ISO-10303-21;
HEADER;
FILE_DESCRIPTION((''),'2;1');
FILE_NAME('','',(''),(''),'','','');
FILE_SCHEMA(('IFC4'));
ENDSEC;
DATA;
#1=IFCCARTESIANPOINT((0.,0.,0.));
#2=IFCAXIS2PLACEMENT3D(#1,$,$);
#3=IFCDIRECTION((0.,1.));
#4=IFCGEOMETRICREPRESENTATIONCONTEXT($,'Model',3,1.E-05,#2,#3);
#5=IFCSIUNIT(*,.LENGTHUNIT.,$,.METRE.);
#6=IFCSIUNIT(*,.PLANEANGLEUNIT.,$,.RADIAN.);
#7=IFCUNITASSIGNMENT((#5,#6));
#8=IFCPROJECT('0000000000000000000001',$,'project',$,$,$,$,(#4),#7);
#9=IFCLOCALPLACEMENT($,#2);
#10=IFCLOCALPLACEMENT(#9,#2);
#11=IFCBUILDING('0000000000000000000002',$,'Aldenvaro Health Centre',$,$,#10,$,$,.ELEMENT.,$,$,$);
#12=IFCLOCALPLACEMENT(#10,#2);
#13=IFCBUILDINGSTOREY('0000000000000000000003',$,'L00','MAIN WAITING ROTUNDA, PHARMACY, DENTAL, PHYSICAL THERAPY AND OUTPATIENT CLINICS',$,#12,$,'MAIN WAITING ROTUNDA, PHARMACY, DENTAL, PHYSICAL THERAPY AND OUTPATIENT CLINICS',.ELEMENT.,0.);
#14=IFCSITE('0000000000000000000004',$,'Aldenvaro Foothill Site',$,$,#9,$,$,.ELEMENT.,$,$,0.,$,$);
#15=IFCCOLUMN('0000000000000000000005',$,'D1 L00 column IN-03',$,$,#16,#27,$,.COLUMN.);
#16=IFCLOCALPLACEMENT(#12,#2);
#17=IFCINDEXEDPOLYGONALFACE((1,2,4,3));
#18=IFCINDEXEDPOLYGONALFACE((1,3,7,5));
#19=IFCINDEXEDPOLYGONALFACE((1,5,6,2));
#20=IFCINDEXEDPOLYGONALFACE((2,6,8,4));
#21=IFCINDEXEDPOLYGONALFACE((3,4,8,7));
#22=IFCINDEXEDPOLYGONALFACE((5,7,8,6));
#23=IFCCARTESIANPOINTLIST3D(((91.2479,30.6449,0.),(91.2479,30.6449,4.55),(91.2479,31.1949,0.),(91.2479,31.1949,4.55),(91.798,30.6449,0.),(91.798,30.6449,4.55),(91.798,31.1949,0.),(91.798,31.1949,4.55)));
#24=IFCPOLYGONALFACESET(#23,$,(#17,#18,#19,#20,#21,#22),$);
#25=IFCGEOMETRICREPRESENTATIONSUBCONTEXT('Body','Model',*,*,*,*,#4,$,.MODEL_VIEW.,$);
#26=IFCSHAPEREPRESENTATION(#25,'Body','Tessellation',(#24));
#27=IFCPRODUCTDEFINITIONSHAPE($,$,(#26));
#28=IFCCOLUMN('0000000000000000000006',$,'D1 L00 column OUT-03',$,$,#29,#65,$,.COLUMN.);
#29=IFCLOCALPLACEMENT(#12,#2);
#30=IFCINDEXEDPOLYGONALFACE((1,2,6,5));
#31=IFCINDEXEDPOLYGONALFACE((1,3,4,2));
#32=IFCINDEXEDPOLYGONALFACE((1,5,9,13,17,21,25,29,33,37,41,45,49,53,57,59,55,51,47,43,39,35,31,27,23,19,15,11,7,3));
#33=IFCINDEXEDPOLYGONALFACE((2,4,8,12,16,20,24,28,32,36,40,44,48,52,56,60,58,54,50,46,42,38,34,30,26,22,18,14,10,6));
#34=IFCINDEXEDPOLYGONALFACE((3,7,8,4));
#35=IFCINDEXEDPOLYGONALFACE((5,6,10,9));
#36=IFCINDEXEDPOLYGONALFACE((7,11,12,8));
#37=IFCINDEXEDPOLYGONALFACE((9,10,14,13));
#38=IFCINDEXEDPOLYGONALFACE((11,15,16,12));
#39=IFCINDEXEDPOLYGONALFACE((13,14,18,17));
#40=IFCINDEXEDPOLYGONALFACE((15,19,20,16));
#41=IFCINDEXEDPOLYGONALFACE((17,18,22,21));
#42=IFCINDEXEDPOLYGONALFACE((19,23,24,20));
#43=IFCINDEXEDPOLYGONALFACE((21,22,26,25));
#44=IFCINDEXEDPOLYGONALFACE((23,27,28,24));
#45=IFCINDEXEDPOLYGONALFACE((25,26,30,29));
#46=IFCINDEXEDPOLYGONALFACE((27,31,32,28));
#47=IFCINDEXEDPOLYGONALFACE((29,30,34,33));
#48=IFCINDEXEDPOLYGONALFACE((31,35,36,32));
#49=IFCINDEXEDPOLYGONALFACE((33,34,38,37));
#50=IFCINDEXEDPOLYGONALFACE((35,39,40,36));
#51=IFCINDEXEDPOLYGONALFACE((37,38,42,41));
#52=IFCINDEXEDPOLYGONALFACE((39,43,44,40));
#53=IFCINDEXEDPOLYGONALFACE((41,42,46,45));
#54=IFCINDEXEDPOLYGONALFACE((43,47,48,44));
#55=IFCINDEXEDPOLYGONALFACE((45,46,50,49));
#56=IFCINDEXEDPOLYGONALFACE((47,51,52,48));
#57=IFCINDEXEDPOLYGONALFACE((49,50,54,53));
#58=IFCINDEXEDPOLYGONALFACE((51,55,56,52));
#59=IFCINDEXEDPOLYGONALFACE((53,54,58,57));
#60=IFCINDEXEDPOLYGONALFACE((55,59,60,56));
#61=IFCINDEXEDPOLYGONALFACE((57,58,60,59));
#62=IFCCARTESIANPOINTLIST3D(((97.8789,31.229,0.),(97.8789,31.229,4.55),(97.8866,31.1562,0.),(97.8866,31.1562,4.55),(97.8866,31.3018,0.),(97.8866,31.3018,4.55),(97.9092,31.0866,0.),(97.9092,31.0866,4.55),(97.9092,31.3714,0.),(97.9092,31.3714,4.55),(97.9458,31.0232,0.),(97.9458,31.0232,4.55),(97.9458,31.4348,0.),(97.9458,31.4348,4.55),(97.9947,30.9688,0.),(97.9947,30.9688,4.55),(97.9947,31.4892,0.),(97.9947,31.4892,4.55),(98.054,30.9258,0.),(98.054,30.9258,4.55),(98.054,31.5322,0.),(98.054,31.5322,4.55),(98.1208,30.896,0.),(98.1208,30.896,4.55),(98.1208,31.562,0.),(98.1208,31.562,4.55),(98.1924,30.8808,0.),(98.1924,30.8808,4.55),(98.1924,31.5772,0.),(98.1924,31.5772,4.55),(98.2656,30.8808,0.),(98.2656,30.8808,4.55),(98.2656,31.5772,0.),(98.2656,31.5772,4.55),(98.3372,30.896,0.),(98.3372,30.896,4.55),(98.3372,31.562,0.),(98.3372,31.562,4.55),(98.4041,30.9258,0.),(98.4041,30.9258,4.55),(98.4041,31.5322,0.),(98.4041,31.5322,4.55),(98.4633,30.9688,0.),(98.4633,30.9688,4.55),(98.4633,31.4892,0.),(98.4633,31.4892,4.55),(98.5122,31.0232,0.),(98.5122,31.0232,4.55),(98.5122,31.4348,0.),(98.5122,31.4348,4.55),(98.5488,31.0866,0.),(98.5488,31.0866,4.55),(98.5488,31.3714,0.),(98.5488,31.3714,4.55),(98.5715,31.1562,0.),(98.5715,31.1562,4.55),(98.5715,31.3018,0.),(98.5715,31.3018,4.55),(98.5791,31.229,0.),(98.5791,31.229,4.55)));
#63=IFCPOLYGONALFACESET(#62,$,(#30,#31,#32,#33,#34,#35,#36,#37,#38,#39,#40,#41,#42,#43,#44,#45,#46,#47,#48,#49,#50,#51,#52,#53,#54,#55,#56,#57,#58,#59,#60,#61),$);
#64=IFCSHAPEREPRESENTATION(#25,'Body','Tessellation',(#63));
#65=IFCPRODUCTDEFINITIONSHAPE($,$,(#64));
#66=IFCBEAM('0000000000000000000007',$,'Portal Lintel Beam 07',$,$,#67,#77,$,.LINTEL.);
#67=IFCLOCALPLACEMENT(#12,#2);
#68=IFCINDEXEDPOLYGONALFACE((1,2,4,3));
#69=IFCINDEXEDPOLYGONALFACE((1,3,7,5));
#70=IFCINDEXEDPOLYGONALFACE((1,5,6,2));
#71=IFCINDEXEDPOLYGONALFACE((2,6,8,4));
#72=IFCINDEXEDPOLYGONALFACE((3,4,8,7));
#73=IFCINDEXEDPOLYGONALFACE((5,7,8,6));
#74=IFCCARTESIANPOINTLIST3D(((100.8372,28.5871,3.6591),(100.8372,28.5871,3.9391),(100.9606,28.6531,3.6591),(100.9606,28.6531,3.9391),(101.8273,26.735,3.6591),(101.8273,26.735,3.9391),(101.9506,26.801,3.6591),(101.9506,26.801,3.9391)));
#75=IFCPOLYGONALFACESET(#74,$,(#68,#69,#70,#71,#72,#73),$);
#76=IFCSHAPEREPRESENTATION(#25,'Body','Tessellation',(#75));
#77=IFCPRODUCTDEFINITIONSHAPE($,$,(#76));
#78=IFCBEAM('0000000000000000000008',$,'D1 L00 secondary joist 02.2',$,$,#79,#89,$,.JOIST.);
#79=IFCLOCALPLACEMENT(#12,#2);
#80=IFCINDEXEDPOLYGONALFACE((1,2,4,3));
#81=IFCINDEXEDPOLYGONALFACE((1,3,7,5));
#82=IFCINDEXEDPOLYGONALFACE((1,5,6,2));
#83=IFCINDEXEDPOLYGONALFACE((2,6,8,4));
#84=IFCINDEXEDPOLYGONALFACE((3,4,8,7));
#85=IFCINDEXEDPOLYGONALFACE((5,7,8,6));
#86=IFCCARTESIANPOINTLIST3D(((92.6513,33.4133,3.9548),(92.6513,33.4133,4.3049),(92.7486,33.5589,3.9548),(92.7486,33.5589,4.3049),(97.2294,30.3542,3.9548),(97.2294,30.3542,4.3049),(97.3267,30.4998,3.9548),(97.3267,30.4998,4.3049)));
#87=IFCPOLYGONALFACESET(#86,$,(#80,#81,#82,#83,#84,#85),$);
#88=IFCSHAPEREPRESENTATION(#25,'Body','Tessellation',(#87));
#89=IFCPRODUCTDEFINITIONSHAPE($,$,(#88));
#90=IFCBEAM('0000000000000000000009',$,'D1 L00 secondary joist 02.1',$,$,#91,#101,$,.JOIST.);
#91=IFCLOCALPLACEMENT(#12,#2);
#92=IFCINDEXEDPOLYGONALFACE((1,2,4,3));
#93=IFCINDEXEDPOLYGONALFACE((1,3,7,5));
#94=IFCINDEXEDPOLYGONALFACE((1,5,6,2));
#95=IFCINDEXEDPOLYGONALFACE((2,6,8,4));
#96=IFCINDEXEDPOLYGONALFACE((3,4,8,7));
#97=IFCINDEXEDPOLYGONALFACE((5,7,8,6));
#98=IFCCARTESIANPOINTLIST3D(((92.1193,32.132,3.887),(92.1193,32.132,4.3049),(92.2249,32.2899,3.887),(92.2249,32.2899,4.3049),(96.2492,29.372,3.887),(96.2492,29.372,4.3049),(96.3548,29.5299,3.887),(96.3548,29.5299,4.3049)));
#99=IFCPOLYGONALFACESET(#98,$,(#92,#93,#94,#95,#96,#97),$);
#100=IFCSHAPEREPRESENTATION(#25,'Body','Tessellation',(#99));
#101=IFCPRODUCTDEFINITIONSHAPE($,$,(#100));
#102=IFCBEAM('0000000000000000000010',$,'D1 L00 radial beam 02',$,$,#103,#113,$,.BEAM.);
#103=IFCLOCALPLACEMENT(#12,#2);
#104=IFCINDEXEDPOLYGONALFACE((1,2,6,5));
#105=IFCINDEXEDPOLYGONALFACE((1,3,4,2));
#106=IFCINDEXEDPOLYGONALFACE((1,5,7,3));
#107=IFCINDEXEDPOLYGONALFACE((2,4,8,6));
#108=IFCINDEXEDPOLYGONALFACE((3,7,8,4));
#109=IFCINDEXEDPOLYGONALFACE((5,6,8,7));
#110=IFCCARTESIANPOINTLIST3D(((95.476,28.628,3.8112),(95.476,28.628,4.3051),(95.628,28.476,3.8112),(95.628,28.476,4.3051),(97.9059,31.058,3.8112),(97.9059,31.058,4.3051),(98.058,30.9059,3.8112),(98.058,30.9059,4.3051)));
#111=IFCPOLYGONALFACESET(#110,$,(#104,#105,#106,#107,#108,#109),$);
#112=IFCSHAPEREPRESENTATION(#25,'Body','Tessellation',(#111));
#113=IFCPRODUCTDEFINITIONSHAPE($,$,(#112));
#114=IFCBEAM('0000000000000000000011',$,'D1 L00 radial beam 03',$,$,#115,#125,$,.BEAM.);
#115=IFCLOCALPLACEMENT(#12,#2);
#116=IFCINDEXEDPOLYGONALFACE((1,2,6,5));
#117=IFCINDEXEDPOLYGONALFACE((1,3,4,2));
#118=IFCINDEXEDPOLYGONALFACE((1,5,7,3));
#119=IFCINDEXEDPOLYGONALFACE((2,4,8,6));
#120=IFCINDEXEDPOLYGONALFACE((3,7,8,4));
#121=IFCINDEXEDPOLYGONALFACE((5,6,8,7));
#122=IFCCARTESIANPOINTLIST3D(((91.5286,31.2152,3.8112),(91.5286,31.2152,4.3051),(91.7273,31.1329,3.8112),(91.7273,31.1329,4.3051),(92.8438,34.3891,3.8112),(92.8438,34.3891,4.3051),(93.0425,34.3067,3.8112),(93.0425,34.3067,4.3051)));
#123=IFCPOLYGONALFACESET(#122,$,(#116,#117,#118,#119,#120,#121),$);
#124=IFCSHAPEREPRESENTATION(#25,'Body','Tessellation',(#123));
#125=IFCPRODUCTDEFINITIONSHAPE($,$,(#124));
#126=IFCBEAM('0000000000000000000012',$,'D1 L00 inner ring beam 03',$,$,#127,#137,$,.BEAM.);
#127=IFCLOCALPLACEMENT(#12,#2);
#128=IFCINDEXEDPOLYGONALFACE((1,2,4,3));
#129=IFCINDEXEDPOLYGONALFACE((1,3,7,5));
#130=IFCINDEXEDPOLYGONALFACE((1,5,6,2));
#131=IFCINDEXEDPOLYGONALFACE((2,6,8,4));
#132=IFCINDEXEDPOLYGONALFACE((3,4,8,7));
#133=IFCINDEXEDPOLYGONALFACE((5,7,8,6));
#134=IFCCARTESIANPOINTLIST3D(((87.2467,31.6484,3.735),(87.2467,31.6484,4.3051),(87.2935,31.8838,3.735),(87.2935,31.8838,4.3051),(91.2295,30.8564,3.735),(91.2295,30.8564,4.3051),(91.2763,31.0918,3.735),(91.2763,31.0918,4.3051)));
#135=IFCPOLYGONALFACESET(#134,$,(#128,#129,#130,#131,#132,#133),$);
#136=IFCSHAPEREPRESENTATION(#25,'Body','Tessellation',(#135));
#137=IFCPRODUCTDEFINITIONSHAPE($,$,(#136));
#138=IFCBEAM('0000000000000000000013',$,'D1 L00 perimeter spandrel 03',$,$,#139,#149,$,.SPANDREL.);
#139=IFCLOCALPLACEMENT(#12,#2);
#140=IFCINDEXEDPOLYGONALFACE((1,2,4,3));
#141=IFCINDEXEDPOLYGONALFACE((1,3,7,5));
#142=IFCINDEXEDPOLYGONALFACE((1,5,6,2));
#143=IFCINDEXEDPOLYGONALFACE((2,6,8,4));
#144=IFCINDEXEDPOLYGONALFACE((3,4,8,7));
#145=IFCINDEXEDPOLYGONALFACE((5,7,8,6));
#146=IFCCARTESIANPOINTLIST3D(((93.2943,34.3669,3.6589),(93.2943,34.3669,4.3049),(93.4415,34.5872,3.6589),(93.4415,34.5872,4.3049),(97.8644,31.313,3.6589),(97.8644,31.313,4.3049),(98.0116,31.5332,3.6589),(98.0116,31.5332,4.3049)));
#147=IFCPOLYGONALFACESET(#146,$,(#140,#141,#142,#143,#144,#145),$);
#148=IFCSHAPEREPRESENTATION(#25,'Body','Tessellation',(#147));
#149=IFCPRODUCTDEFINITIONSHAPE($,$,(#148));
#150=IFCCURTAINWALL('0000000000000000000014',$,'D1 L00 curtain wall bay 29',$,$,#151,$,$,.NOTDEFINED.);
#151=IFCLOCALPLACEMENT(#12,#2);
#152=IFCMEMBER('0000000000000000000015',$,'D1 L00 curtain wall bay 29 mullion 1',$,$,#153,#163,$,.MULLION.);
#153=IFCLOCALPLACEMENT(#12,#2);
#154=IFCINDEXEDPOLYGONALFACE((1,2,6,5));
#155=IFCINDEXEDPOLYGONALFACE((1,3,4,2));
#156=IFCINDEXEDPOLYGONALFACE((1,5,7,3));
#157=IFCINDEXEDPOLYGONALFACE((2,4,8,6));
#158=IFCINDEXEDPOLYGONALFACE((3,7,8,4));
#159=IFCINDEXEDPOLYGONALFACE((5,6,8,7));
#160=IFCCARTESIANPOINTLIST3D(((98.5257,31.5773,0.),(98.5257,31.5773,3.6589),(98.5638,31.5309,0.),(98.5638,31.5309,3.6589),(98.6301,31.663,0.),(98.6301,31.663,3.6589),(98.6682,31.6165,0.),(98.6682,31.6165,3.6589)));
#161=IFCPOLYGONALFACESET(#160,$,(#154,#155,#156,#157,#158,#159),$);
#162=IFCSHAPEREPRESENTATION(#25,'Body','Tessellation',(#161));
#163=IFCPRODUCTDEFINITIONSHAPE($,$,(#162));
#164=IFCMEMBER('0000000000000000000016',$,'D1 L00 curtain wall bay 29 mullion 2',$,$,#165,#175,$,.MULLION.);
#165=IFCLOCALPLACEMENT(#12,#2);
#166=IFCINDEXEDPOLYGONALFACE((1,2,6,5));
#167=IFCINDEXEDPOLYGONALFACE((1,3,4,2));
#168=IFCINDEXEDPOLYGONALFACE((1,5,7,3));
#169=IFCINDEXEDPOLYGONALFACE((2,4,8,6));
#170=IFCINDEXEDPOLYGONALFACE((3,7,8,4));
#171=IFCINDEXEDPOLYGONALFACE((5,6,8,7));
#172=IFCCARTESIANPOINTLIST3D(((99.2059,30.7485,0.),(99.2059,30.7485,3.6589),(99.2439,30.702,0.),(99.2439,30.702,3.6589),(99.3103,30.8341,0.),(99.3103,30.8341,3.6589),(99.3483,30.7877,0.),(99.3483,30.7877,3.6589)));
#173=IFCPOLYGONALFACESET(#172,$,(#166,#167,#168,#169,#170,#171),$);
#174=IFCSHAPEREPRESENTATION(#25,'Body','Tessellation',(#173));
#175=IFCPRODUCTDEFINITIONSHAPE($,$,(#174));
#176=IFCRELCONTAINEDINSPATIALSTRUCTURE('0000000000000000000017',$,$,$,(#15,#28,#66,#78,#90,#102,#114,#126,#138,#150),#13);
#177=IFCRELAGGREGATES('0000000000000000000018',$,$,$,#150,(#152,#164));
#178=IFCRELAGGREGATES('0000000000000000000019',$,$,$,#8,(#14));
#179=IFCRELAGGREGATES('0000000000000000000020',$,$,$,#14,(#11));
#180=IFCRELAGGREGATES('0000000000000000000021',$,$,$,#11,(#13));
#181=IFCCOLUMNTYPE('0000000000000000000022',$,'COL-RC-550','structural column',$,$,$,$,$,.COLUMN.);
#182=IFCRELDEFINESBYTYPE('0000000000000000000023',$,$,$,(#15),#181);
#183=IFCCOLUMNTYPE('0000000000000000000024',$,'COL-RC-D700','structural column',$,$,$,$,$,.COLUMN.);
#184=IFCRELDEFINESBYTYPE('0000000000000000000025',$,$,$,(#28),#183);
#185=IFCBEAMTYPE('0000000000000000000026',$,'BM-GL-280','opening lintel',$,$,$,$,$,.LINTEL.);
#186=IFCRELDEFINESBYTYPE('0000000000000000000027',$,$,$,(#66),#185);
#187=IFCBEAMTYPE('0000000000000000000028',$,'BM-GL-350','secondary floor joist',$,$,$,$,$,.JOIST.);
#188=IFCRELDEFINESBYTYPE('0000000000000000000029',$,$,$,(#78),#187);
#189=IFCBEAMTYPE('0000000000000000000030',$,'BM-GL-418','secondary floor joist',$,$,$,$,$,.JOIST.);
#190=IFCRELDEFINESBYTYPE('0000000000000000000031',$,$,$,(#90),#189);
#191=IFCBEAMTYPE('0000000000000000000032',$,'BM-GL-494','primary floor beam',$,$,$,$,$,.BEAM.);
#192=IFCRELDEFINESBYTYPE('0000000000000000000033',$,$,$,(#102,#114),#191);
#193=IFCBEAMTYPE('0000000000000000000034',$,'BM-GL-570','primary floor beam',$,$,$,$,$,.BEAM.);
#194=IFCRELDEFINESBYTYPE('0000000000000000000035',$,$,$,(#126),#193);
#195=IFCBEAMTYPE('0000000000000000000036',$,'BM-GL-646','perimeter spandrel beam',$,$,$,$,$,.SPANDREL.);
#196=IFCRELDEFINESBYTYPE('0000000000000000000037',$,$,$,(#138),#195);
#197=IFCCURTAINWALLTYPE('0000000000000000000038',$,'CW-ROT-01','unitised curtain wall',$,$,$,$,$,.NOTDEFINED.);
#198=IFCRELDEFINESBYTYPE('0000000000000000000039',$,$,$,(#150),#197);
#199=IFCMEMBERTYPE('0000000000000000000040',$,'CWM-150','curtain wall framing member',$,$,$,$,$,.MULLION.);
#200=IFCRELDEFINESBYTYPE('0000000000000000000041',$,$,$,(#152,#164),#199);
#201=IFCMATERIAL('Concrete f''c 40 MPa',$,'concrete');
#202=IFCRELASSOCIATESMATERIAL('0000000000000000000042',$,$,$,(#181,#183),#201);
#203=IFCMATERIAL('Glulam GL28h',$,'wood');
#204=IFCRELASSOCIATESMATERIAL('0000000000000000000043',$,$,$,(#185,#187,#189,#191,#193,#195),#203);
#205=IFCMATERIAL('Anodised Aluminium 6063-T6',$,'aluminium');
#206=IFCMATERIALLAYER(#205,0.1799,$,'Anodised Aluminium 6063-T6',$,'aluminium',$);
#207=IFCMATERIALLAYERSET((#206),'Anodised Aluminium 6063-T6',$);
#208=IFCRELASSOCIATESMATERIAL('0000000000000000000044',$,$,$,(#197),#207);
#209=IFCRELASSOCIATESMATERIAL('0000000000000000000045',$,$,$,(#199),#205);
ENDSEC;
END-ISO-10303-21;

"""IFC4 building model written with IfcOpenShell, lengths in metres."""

from ifc_helpers import new_model, si_unit, direction, frame, origin, origin_2d, place, context, subcontext, project, spatial, rectangle, circle, extrude, material, layer, layer_set, material_profile, profile_set, type_object, element, aggregate, save


model = new_model("IFC4")

# Units and contexts
model_context = context("Model", 3, precision=1e-05, world=origin(), true_north=direction((0.0, 1.0)))
body_context = subcontext(model_context, "Body", "Model", "MODEL_VIEW")
ifc_project = project(units=[si_unit("LENGTHUNIT", "METRE"), si_unit("PLANEANGLEUNIT", "RADIAN")], contexts=[model_context])

# Site, building, storey
site_placement = place(None, origin())
site = spatial("IfcSite", under=ifc_project, at=site_placement, Name="Aldenvaro Foothill Site", CompositionType="ELEMENT", RefElevation=0.0)
building_placement = place(site_placement, origin())
building = spatial("IfcBuilding", under=site, at=building_placement, Name="Aldenvaro Health Centre", CompositionType="ELEMENT")
storey_placement = place(building_placement, origin())
storey = spatial("IfcBuildingStorey", under=building, at=storey_placement, Name="L00", Description="MAIN WAITING ROTUNDA, PHARMACY, DENTAL, PHYSICAL THERAPY AND OUTPATIENT CLINICS", LongName="MAIN WAITING ROTUNDA, PHARMACY, DENTAL, PHYSICAL THERAPY AND OUTPATIENT CLINICS", CompositionType="ELEMENT", Elevation=0.0)

# Columns
ifc_material_1 = material(Name="Concrete f'c 40 MPa", Category="concrete")
ifc_material_profile_1 = material_profile(ifc_material_1, rectangle(XDim=0.55, YDim=0.55, at=origin_2d()), Name="RC 550x550", Category="concrete")
ifc_profile_set_1 = profile_set([ifc_material_profile_1], Name="Concrete f'c 40 MPa")
column_type_1 = type_object("IfcColumnType", Name="COL-RC-550", Description="structural column", PredefinedType="COLUMN", material=ifc_profile_set_1)
column_1_placement = place(storey_placement, frame((91.5229, 30.9199, 0.0), z_axis=(0.0, 0.0, 1.0), x_axis=(1.0, 0.0, 0.0)))
element("IfcColumn", 1, at=column_1_placement, inside=storey, type_object=column_type_1, Name="D1 L00 column IN-03", PredefinedType="COLUMN", context=body_context, shape_type="SweptSolid", body=[
    extrude(rectangle(XDim=0.55, YDim=0.55, at=origin_2d()), origin(), (0.0, 0.0, 1.0), 4.55),
])
ifc_material_profile_2 = material_profile(ifc_material_1, circle(Radius=0.3501, at=origin_2d()), Name="RC D700", Category="concrete")
ifc_profile_set_2 = profile_set([ifc_material_profile_2], Name="Concrete f'c 40 MPa")
column_type_2 = type_object("IfcColumnType", Name="COL-RC-D700", Description="structural column", PredefinedType="COLUMN", material=ifc_profile_set_2)
column_2_placement = place(storey_placement, frame((98.229, 31.229, 0.0), z_axis=(0.0, 0.0, 1.0), x_axis=(1.0, 0.0, 0.0)))
element("IfcColumn", 2, at=column_2_placement, inside=storey, type_object=column_type_2, Name="D1 L00 column OUT-03", PredefinedType="COLUMN", context=body_context, shape_type="SweptSolid", body=[
    extrude(circle(Radius=0.3501, at=origin_2d()), origin(), (0.0, 0.0, 1.0), 4.55),
])

# Beams
ifc_material_2 = material(Name="Glulam GL28h", Category="wood")
ifc_material_profile_3 = material_profile(ifc_material_2, rectangle(XDim=0.1399, YDim=0.28, at=origin_2d()), Name="GL 140x280", Category="wood")
ifc_profile_set_3 = profile_set([ifc_material_profile_3], Name="Glulam GL28h")
beam_type_1 = type_object("IfcBeamType", Name="BM-GL-280", Description="opening lintel", PredefinedType="LINTEL", material=ifc_profile_set_3)
beam_1_placement = place(storey_placement, frame((100.8989, 28.6201, 3.7991), z_axis=(0.471415, -0.881912, 0.0), x_axis=(0.881912, 0.471415, 0.0)))
element("IfcBeam", 3, at=beam_1_placement, inside=storey, type_object=beam_type_1, Name="Portal Lintel Beam 07", PredefinedType="LINTEL", context=body_context, shape_type="SweptSolid", body=[
    extrude(rectangle(XDim=0.1399, YDim=0.28, at=origin_2d()), origin(), (0.0, 0.0, 1.0), 2.1001),
])
ifc_material_profile_4 = material_profile(ifc_material_2, rectangle(XDim=0.175, YDim=0.3501, at=origin_2d()), Name="GL 175x350", Category="wood")
ifc_profile_set_4 = profile_set([ifc_material_profile_4], Name="Glulam GL28h")
beam_type_2 = type_object("IfcBeamType", Name="BM-GL-350", Description="secondary floor joist", PredefinedType="JOIST", material=ifc_profile_set_4)
beam_2_placement = place(storey_placement, frame((97.2781, 30.427, 4.1299), z_axis=(-0.831463, 0.55558, 0.0), x_axis=(-0.55558, -0.831463, 0.0)))
element("IfcBeam", 4, at=beam_2_placement, inside=storey, type_object=beam_type_2, Name="D1 L00 secondary joist 02.2", PredefinedType="JOIST", context=body_context, shape_type="SweptSolid", body=[
    extrude(rectangle(XDim=0.175, YDim=0.3501, at=origin_2d()), origin(), (0.0, 0.0, 1.0), 5.5061),
])
ifc_material_profile_5 = material_profile(ifc_material_2, rectangle(XDim=0.1899, YDim=0.418, at=origin_2d()), Name="GL 190x418", Category="wood")
ifc_profile_set_5 = profile_set([ifc_material_profile_5], Name="Glulam GL28h")
beam_type_3 = type_object("IfcBeamType", Name="BM-GL-418", Description="secondary floor joist", PredefinedType="JOIST", material=ifc_profile_set_5)
beam_3_placement = place(storey_placement, frame((96.302, 29.4509, 4.0959), z_axis=(-0.831422, 0.555641, 0.0), x_axis=(-0.555641, -0.831422, 0.0)))
element("IfcBeam", 5, at=beam_3_placement, inside=storey, type_object=beam_type_3, Name="D1 L00 secondary joist 02.1", PredefinedType="JOIST", context=body_context, shape_type="SweptSolid", body=[
    extrude(rectangle(XDim=0.1899, YDim=0.418, at=origin_2d()), origin(), (0.0, 0.0, 1.0), 4.9673),
])
ifc_material_profile_6 = material_profile(ifc_material_2, rectangle(XDim=0.2151, YDim=0.4939, at=origin_2d()), Name="GL 215x494", Category="wood")
ifc_profile_set_6 = profile_set([ifc_material_profile_6], Name="Glulam GL28h")
beam_type_4 = type_object("IfcBeamType", Name="BM-GL-494", Description="primary floor beam", PredefinedType="BEAM", material=ifc_profile_set_6)
beam_4_placement = place(storey_placement, frame((95.552, 28.552, 4.0581), z_axis=(0.707107, 0.707107, 0.0), x_axis=(-0.707107, 0.707107, 0.0)))
element("IfcBeam", 6, at=beam_4_placement, inside=storey, type_object=beam_type_4, Name="D1 L00 radial beam 02", PredefinedType="BEAM", context=body_context, shape_type="SweptSolid", body=[
    extrude(rectangle(XDim=0.2151, YDim=0.4939, at=origin_2d()), origin(), (0.0, 0.0, 1.0), 3.4365),
])
beam_5_placement = place(storey_placement, frame((91.6279, 31.1741, 4.0581), z_axis=(0.382818, 0.923824, 0.0), x_axis=(-0.923824, 0.382818, 0.0)))
element("IfcBeam", 7, at=beam_5_placement, inside=storey, type_object=beam_type_4, Name="D1 L00 radial beam 03", PredefinedType="BEAM", context=body_context, shape_type="SweptSolid", body=[
    extrude(rectangle(XDim=0.2151, YDim=0.4939, at=origin_2d()), origin(), (0.0, 0.0, 1.0), 3.4355),
])
ifc_material_profile_7 = material_profile(ifc_material_2, rectangle(XDim=0.24, YDim=0.5701, at=origin_2d()), Name="GL 240x570", Category="wood")
ifc_profile_set_7 = profile_set([ifc_material_profile_7], Name="Glulam GL28h")
beam_type_5 = type_object("IfcBeamType", Name="BM-GL-570", Description="primary floor beam", PredefinedType="BEAM", material=ifc_profile_set_7)
beam_6_placement = place(storey_placement, frame((91.2529, 30.9741, 4.02), z_axis=(-0.980797, 0.195029, 0.0), x_axis=(-0.195029, -0.980797, 0.0)))
element("IfcBeam", 8, at=beam_6_placement, inside=storey, type_object=beam_type_5, Name="D1 L00 inner ring beam 03", PredefinedType="BEAM", context=body_context, shape_type="SweptSolid", body=[
    extrude(rectangle(XDim=0.24, YDim=0.5701, at=origin_2d()), origin(), (0.0, 0.0, 1.0), 4.0608),
])
ifc_material_profile_8 = material_profile(ifc_material_2, rectangle(XDim=0.2649, YDim=0.646, at=origin_2d()), Name="GL 265x646", Category="wood")
ifc_profile_set_8 = profile_set([ifc_material_profile_8], Name="Glulam GL28h")
beam_type_6 = type_object("IfcBeamType", Name="BM-GL-646", Description="perimeter spandrel beam", PredefinedType="SPANDREL", material=ifc_profile_set_8)
beam_7_placement = place(storey_placement, frame((97.938, 31.4231, 3.9819), z_axis=(-0.831442, 0.555612, 0.0), x_axis=(-0.555612, -0.831442, 0.0)))
element("IfcBeam", 9, at=beam_7_placement, inside=storey, type_object=beam_type_6, Name="D1 L00 perimeter spandrel 03", PredefinedType="SPANDREL", context=body_context, shape_type="SweptSolid", body=[
    extrude(rectangle(XDim=0.2649, YDim=0.646, at=origin_2d()), origin(), (0.0, 0.0, 1.0), 5.4966),
])

# Curtain wall, members
ifc_material_3 = material(Name="Anodised Aluminium 6063-T6", Category="aluminium")
ifc_layer_1 = layer(ifc_material_3, 0.1799, Name="Anodised Aluminium 6063-T6", Category="aluminium")
ifc_layer_set_1 = layer_set([ifc_layer_1], Name="Anodised Aluminium 6063-T6")
curtain_wall_type = type_object("IfcCurtainWallType", Name="CW-ROT-01", Description="unitised curtain wall", PredefinedType="NOTDEFINED", material=ifc_layer_set_1)
curtain_wall_placement = place(storey_placement, origin())
curtain_wall = element("IfcCurtainWall", 10, at=curtain_wall_placement, inside=storey, type_object=curtain_wall_type, Name="D1 L00 curtain wall bay 29", PredefinedType="NOTDEFINED")
ifc_material_profile_9 = material_profile(ifc_material_3, rectangle(XDim=0.0601, YDim=0.135, at=origin_2d()), Name="ALU 60x135", Category="aluminium")
ifc_profile_set_9 = profile_set([ifc_material_profile_9], Name="Anodised Aluminium 6063-T6")
member_type_1 = type_object("IfcMemberType", Name="CWM-150", Description="curtain wall framing member", PredefinedType="MULLION", material=ifc_profile_set_9)
member_1_placement = place(storey_placement, frame((98.5969, 31.5969, 0.0), z_axis=(0.0, 0.0, 1.0), x_axis=(0.634169, -0.773195, 0.0)))
member_1 = element("IfcMember", 11, at=member_1_placement, type_object=member_type_1, Name="D1 L00 curtain wall bay 29 mullion 1", PredefinedType="MULLION", context=body_context, shape_type="SweptSolid", body=[
    extrude(rectangle(XDim=0.0601, YDim=0.135, at=origin_2d()), origin(), (0.0, 0.0, 1.0), 3.6589),
])
member_2_placement = place(storey_placement, frame((99.2771, 30.7681, 0.0), z_axis=(0.0, 0.0, 1.0), x_axis=(0.634169, -0.773195, 0.0)))
member_2 = element("IfcMember", 12, at=member_2_placement, type_object=member_type_1, Name="D1 L00 curtain wall bay 29 mullion 2", PredefinedType="MULLION", context=body_context, shape_type="SweptSolid", body=[
    extrude(rectangle(XDim=0.0601, YDim=0.135, at=origin_2d()), origin(), (0.0, 0.0, 1.0), 3.6589),
])

aggregate(curtain_wall, [member_1, member_2])

save(model, "model.ifc")
